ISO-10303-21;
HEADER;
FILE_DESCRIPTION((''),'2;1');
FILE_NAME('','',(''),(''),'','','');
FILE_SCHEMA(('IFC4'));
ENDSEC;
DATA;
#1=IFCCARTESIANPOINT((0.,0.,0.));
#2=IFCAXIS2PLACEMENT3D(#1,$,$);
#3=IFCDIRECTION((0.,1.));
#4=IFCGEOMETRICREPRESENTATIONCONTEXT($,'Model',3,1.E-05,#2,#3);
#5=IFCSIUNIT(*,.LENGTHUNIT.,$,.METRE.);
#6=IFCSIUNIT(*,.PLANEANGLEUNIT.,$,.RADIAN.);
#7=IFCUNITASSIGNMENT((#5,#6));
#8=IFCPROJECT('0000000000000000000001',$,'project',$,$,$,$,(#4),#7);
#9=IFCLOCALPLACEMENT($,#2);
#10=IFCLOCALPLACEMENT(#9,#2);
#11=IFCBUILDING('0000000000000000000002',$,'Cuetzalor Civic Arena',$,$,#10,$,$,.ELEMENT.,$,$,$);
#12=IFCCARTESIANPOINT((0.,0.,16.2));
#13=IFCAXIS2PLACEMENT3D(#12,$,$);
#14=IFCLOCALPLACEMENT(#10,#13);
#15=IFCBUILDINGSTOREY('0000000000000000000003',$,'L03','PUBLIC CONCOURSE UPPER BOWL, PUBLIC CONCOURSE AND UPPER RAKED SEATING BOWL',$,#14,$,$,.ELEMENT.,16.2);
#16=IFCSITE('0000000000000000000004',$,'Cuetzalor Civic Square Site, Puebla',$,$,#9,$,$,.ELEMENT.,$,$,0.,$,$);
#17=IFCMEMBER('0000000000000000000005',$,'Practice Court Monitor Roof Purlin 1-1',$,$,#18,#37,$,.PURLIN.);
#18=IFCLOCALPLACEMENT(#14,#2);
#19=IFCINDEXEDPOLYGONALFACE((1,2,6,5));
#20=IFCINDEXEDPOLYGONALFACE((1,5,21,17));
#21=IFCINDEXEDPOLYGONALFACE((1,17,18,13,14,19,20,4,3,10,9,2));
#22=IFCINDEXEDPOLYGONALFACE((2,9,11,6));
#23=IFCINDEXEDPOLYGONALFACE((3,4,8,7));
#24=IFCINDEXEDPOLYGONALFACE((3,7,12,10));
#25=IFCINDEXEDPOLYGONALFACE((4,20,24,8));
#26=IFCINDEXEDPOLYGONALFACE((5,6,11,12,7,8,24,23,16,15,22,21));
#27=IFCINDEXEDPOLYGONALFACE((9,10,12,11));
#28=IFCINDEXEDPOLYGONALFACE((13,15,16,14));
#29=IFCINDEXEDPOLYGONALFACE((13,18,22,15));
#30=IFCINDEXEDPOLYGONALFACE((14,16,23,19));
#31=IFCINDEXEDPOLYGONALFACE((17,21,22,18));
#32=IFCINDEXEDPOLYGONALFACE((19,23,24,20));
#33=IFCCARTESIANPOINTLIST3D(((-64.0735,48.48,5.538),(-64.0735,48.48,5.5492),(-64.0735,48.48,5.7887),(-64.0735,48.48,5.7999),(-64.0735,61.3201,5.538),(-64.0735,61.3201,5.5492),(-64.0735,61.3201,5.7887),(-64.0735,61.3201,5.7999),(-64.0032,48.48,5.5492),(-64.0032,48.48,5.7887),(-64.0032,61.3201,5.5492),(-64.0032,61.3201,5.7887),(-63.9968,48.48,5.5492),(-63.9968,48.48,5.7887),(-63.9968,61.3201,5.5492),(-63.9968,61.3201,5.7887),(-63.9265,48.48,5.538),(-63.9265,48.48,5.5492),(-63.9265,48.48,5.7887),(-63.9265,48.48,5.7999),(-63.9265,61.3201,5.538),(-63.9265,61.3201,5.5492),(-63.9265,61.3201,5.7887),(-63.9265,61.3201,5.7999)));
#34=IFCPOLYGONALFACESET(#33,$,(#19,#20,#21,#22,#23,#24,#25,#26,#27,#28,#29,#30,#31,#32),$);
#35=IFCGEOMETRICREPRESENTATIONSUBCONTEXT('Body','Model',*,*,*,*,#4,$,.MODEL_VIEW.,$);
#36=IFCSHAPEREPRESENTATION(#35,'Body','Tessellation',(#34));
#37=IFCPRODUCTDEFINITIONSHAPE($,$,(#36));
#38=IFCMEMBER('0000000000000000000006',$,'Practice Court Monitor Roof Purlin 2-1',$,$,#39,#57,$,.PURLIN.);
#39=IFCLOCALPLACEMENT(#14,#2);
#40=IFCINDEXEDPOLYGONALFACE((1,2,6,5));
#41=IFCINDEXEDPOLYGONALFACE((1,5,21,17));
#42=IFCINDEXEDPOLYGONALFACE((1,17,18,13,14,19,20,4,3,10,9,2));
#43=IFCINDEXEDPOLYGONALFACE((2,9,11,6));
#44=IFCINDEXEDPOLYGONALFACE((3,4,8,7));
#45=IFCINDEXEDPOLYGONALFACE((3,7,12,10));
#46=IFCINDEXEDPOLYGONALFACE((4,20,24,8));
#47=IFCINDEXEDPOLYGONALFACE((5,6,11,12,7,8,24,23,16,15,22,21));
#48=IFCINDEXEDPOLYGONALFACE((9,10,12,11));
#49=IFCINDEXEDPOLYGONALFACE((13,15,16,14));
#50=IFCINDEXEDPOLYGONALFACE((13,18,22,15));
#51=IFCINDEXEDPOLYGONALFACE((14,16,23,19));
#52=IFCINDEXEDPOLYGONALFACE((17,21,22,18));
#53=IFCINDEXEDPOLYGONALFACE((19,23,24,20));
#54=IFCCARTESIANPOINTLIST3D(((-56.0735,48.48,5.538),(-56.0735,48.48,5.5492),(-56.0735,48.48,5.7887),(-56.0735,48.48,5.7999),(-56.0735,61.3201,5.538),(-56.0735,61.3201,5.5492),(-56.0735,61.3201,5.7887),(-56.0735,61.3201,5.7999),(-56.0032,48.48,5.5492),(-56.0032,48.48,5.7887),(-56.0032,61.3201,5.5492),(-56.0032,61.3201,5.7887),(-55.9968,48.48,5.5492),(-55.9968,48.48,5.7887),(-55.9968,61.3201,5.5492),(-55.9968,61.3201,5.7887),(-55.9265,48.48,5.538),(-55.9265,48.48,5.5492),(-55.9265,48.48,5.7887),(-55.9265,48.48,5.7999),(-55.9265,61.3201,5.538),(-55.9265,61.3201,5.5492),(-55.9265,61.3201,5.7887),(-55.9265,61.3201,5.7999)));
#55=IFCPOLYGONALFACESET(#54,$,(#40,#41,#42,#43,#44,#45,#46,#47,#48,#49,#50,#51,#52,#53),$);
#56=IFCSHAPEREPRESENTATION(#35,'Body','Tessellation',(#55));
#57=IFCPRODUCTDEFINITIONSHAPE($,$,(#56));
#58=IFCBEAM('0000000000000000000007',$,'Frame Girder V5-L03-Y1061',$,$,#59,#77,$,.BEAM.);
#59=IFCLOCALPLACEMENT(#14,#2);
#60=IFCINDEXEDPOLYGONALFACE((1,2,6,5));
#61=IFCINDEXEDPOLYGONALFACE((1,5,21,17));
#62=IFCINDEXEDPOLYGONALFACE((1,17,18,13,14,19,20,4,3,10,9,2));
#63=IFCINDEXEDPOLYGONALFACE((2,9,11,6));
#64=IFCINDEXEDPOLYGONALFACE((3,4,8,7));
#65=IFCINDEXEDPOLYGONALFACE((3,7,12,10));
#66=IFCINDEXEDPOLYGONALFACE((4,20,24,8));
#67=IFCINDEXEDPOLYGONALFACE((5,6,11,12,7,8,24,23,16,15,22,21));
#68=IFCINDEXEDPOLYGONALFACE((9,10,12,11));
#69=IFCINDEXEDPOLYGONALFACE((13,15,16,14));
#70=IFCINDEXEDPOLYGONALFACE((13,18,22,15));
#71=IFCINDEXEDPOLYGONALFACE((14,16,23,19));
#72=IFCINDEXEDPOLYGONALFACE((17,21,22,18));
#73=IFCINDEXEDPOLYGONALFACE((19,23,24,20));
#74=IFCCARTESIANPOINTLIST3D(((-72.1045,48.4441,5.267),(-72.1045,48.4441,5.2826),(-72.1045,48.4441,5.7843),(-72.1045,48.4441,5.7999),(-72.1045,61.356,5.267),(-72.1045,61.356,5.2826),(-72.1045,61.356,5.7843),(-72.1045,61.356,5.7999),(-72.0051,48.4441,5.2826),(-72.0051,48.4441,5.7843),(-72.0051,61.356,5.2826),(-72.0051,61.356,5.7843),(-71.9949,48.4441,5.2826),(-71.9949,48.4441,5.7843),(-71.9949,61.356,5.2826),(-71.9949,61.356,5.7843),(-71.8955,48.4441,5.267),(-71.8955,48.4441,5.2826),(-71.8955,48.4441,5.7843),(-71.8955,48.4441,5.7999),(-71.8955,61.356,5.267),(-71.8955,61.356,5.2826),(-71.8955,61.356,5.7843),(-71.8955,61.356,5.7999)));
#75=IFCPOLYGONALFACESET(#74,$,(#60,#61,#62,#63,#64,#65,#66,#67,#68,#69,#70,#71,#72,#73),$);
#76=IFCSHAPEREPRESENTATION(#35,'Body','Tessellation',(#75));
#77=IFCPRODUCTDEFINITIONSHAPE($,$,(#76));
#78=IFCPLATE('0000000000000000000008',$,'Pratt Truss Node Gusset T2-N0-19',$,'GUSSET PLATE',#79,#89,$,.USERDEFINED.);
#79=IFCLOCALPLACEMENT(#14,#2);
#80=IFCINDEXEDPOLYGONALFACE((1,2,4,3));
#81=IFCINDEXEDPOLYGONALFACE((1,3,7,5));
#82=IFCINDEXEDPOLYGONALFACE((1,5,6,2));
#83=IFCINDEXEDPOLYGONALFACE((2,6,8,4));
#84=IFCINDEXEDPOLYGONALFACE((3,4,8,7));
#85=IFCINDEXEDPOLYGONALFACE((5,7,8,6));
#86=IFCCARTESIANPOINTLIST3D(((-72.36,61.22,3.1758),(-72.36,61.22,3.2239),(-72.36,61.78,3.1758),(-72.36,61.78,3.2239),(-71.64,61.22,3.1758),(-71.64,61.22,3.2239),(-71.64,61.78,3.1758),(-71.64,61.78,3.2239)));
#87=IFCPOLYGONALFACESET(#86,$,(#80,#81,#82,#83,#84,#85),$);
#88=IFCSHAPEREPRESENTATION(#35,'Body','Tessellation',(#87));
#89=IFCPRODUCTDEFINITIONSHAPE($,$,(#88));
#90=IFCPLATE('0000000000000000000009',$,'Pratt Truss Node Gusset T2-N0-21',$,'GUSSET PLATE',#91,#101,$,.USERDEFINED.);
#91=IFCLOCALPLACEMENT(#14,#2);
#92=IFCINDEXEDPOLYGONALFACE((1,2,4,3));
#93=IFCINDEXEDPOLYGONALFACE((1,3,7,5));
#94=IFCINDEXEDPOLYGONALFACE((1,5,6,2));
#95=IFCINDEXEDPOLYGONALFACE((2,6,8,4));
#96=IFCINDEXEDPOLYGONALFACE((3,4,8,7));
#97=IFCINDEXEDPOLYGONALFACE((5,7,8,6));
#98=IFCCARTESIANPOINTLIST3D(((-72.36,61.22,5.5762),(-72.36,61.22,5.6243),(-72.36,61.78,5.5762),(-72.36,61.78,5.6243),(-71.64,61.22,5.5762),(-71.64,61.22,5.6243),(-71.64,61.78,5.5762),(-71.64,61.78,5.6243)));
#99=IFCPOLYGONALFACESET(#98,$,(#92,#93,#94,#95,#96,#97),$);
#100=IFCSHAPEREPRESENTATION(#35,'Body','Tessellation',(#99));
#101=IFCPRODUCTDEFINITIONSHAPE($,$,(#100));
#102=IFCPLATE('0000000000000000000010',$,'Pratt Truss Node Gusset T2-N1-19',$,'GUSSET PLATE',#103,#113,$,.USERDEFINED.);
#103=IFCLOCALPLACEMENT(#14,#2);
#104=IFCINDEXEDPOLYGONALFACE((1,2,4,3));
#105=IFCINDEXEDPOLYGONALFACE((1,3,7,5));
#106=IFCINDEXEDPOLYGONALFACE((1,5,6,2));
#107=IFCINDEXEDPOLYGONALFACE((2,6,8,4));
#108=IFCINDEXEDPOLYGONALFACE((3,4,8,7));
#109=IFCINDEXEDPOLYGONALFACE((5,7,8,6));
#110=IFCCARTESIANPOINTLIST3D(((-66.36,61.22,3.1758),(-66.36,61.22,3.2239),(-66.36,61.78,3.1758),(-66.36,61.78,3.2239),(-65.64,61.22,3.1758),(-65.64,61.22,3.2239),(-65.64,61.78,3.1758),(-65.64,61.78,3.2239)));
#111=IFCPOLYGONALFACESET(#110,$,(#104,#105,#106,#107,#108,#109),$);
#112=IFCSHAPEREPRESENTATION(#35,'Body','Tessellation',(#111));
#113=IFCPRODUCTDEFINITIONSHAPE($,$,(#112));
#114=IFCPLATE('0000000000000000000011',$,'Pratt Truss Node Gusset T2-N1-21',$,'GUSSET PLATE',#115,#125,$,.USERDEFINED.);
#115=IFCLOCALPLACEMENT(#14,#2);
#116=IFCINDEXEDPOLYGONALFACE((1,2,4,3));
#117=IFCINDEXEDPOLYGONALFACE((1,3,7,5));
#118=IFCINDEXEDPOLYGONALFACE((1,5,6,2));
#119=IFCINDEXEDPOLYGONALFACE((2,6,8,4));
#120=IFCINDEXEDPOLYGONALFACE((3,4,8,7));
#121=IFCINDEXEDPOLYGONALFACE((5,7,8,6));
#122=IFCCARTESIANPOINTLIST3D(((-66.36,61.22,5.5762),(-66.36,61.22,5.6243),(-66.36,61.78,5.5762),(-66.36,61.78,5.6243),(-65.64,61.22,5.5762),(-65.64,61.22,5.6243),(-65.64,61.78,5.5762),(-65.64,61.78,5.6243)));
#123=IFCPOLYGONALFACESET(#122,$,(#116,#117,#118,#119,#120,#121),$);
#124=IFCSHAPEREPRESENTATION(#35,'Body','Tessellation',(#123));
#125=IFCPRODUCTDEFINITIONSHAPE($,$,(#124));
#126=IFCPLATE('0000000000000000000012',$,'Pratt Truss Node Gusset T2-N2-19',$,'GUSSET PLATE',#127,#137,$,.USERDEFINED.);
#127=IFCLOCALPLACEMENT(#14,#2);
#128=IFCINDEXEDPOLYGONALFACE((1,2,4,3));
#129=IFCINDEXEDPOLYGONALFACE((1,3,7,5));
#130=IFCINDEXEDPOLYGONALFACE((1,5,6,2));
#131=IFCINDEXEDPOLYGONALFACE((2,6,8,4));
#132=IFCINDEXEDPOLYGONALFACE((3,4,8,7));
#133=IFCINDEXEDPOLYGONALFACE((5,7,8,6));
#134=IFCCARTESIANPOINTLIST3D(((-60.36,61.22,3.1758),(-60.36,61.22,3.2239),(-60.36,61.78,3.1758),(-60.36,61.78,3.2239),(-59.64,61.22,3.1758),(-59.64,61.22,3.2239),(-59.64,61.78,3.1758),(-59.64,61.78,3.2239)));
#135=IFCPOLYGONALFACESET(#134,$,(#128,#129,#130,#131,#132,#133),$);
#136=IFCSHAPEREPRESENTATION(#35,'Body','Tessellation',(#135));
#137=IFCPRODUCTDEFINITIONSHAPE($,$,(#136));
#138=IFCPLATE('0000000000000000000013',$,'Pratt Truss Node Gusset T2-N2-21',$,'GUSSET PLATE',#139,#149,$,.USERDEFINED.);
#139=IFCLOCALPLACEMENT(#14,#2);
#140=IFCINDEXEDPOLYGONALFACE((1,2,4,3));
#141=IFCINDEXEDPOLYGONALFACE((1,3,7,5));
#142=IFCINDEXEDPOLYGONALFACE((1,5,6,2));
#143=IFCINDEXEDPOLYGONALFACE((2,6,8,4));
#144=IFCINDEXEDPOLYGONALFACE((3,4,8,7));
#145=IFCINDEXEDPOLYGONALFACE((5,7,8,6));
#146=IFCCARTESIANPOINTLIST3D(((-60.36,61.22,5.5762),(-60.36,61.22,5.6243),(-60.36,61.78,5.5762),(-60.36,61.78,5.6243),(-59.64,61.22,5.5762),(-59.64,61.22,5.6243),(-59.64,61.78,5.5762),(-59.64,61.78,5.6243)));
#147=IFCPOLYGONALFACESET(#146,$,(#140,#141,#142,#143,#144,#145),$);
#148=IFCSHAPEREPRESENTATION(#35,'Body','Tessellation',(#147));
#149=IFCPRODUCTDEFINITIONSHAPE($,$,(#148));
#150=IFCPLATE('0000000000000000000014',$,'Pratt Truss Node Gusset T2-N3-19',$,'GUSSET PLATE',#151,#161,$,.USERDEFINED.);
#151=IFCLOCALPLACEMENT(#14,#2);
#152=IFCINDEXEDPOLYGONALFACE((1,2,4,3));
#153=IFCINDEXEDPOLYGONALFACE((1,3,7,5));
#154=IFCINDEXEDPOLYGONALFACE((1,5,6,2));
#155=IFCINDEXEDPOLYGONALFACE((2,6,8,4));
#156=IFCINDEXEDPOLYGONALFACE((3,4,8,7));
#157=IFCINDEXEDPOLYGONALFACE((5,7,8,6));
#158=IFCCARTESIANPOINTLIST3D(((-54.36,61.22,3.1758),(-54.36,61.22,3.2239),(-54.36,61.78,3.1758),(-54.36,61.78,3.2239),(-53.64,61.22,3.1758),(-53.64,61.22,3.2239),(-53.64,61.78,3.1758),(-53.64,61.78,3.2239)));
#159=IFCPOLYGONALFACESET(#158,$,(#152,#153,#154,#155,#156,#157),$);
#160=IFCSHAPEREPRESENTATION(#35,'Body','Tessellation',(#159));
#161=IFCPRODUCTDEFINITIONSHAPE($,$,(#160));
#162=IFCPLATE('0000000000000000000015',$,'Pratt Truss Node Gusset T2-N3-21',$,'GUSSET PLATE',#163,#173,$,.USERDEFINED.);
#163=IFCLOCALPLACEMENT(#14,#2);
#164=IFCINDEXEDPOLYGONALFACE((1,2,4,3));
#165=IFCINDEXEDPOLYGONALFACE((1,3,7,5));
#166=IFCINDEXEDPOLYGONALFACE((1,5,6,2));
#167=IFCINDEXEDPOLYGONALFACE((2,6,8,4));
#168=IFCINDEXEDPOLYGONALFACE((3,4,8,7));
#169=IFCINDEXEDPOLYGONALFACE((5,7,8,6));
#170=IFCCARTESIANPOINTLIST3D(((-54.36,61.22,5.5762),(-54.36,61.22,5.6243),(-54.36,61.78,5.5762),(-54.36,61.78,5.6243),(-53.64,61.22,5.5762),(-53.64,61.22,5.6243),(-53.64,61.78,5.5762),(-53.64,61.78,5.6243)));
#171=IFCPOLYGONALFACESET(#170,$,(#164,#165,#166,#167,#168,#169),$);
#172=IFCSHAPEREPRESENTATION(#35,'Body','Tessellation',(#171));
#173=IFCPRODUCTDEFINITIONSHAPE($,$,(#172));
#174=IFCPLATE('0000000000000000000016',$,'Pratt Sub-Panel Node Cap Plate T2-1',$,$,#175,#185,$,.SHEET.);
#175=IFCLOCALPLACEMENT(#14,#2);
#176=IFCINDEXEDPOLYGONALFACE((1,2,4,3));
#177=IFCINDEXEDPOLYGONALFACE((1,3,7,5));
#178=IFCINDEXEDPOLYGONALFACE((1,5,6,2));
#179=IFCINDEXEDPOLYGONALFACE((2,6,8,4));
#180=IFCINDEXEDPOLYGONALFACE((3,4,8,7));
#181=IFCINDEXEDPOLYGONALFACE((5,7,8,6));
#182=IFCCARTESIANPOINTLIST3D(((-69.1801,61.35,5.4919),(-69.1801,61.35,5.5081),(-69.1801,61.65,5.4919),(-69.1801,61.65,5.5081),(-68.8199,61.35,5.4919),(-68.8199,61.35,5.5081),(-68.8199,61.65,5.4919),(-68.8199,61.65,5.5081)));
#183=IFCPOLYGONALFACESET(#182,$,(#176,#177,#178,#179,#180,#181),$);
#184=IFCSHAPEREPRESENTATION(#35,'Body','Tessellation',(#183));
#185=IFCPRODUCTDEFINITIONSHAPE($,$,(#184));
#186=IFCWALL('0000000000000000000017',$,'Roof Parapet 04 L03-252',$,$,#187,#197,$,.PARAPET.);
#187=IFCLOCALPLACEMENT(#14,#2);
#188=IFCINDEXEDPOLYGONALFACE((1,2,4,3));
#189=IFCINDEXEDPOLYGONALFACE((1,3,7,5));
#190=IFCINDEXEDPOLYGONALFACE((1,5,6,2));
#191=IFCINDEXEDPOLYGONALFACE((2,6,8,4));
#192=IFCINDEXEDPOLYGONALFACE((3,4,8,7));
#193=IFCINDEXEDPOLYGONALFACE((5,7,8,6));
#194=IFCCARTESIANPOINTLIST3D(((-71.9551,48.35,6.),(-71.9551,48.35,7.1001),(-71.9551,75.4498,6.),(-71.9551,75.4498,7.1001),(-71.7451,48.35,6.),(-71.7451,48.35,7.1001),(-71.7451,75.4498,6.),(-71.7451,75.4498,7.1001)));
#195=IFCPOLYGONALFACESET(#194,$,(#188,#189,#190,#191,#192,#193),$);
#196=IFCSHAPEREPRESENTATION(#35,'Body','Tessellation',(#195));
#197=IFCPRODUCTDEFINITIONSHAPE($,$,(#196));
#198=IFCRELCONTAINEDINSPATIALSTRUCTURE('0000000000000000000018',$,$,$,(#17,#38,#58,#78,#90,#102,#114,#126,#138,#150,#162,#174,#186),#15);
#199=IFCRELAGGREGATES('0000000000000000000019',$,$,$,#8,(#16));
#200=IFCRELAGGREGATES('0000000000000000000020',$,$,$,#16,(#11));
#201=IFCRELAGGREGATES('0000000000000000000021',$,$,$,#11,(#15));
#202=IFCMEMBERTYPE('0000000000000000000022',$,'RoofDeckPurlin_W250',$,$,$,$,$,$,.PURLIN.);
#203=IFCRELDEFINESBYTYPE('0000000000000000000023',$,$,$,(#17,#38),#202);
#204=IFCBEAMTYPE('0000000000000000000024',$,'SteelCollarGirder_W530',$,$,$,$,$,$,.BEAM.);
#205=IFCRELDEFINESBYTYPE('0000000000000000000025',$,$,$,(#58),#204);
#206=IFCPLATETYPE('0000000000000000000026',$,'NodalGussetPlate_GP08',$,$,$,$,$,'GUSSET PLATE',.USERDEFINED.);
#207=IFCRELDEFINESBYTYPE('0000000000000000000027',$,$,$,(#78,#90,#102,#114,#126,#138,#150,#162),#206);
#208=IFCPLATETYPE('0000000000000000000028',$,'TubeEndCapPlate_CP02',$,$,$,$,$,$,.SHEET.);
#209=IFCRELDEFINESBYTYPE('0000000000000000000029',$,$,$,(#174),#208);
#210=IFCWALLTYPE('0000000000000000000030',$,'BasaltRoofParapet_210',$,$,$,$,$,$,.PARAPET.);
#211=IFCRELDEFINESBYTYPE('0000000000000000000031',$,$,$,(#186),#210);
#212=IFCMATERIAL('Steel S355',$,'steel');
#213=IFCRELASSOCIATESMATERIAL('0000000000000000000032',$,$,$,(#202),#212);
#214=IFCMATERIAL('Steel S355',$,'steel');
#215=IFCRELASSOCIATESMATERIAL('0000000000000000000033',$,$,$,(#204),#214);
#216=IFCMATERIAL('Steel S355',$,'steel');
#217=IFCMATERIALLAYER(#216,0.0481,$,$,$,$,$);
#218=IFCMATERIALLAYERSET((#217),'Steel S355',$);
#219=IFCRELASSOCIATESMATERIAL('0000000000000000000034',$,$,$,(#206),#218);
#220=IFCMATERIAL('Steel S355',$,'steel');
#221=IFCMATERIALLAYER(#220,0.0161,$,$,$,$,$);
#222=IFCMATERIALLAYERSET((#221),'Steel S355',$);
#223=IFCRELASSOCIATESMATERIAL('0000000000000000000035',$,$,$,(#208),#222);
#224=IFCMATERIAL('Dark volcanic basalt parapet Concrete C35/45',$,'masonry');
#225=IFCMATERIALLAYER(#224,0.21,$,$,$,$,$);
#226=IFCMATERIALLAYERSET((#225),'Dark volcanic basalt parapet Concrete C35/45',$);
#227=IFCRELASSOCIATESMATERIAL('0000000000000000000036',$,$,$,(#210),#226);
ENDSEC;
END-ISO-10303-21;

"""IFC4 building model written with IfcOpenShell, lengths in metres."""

from ifc_helpers import new_model, si_unit, direction, frame, frame_2d, origin, origin_2d, place, context, subcontext, project, spatial, rectangle, i_section, extrude, material, layer, layer_set, material_profile, profile_set, type_object, element, save


model = new_model("IFC4")

# Units and contexts
model_context = context("Model", 3, precision=1e-05, world=origin(), true_north=direction((0.0, 1.0)))
body_context = subcontext(model_context, "Body", "Model", "MODEL_VIEW")
ifc_project = project(units=[si_unit("LENGTHUNIT", "METRE"), si_unit("PLANEANGLEUNIT", "RADIAN")], contexts=[model_context])

# Site, building, storey
site_placement = place(None, origin())
site = spatial("IfcSite", under=ifc_project, at=site_placement, Name="Cuetzalor Civic Square Site, Puebla", CompositionType="ELEMENT", RefElevation=0.0)
building_placement = place(site_placement, origin())
building = spatial("IfcBuilding", under=site, at=building_placement, Name="Cuetzalor Civic Arena", CompositionType="ELEMENT")
storey_placement = place(building_placement, frame((0.0, 0.0, 16.2)))
storey = spatial("IfcBuildingStorey", under=building, at=storey_placement, Name="L03", Description="PUBLIC CONCOURSE UPPER BOWL, PUBLIC CONCOURSE AND UPPER RAKED SEATING BOWL", CompositionType="ELEMENT", Elevation=16.2)

# Members
ifc_material_1 = material(Name="Steel S355", Category="steel")
ifc_material_profile_1 = material_profile(ifc_material_1, i_section(OverallWidth=0.147, OverallDepth=0.262, WebThickness=0.0063, FlangeThickness=0.0112, at=origin_2d()), Name="W250x39")
ifc_profile_set_1 = profile_set([ifc_material_profile_1], Name="Steel S355")
member_type_1 = type_object("IfcMemberType", Name="RoofDeckPurlin_W250", PredefinedType="PURLIN", material=ifc_profile_set_1)
for number, where, z_axis, x_axis, name in (
    (1, (-64.0, 48.48, 5.6689), (0.0, 1.0, 0.0), (-1.0, 0.0, 0.0), "Practice Court Monitor Roof Purlin 1-1"),
    (2, (-56.0, 48.48, 5.6689), (0.0, 1.0, 0.0), (-1.0, 0.0, 0.0), "Practice Court Monitor Roof Purlin 2-1"),
):
    element("IfcMember", number, at=place(storey_placement, frame(where, z_axis=z_axis, x_axis=x_axis)), inside=storey, type_object=member_type_1, Name=name, PredefinedType="PURLIN", context=body_context, shape_type="SweptSolid", body=[
        extrude(i_section(OverallWidth=0.147, OverallDepth=0.262, WebThickness=0.0063, FlangeThickness=0.0112, at=origin_2d()), origin(), (0.0, 0.0, 1.0), 12.8401),
    ])

# Beam
ifc_material_2 = material(Name="Steel S355", Category="steel")
ifc_material_profile_2 = material_profile(ifc_material_2, i_section(OverallWidth=0.209, OverallDepth=0.533, WebThickness=0.0103, FlangeThickness=0.0156, at=origin_2d()), Name="W530x92")
ifc_profile_set_2 = profile_set([ifc_material_profile_2], Name="Steel S355")
beam_type = type_object("IfcBeamType", Name="SteelCollarGirder_W530", PredefinedType="BEAM", material=ifc_profile_set_2)
beam_placement = place(storey_placement, frame((-72.0, 48.4441, 5.5334), z_axis=(0.0, 1.0, 0.0), x_axis=(-1.0, 0.0, 0.0)))
element("IfcBeam", 3, at=beam_placement, inside=storey, type_object=beam_type, Name="Frame Girder V5-L03-Y1061", PredefinedType="BEAM", context=body_context, shape_type="SweptSolid", body=[
    extrude(i_section(OverallWidth=0.209, OverallDepth=0.533, WebThickness=0.0103, FlangeThickness=0.0156, at=origin_2d()), origin(), (0.0, 0.0, 1.0), 12.9119),
])

# Plates
ifc_material_3 = material(Name="Steel S355", Category="steel")
ifc_layer_1 = layer(ifc_material_3, 0.0481)
ifc_layer_set_1 = layer_set([ifc_layer_1], Name="Steel S355")
plate_type_1 = type_object("IfcPlateType", Name="NodalGussetPlate_GP08", ElementType="GUSSET PLATE", PredefinedType="USERDEFINED", material=ifc_layer_set_1)
for number, where, z_axis, x_axis, name in (
    (4, (-72.0, 61.5, 3.1758), (0.0, 0.0, 1.0), (1.0, 0.0, 0.0), "Pratt Truss Node Gusset T2-N0-19"),
    (5, (-72.0, 61.5, 5.5762), (0.0, 0.0, 1.0), (1.0, 0.0, 0.0), "Pratt Truss Node Gusset T2-N0-21"),
    (6, (-66.0, 61.5, 3.1758), (0.0, 0.0, 1.0), (1.0, 0.0, 0.0), "Pratt Truss Node Gusset T2-N1-19"),
    (7, (-66.0, 61.5, 5.5762), (0.0, 0.0, 1.0), (1.0, 0.0, 0.0), "Pratt Truss Node Gusset T2-N1-21"),
    (8, (-60.0, 61.5, 3.1758), (0.0, 0.0, 1.0), (1.0, 0.0, 0.0), "Pratt Truss Node Gusset T2-N2-19"),
    (9, (-60.0, 61.5, 5.5762), (0.0, 0.0, 1.0), (1.0, 0.0, 0.0), "Pratt Truss Node Gusset T2-N2-21"),
    (10, (-54.0, 61.5, 3.1758), (0.0, 0.0, 1.0), (1.0, 0.0, 0.0), "Pratt Truss Node Gusset T2-N3-19"),
    (11, (-54.0, 61.5, 5.5762), (0.0, 0.0, 1.0), (1.0, 0.0, 0.0), "Pratt Truss Node Gusset T2-N3-21"),
):
    element("IfcPlate", number, at=place(storey_placement, frame(where, z_axis=z_axis, x_axis=x_axis)), inside=storey, type_object=plate_type_1, Name=name, ObjectType="GUSSET PLATE", PredefinedType="USERDEFINED", context=body_context, shape_type="SweptSolid", body=[
        extrude(rectangle(XDim=0.72, YDim=0.5601, at=origin_2d()), origin(), (0.0, 0.0, 1.0), 0.0481),
    ])
ifc_material_4 = material(Name="Steel S355", Category="steel")
ifc_layer_2 = layer(ifc_material_4, 0.0161)
ifc_layer_set_2 = layer_set([ifc_layer_2], Name="Steel S355")
plate_type_2 = type_object("IfcPlateType", Name="TubeEndCapPlate_CP02", PredefinedType="SHEET", material=ifc_layer_set_2)
plate_placement = place(storey_placement, frame((-69.0, 61.5, 5.4919), z_axis=(0.0, 0.0, 1.0), x_axis=(1.0, 0.0, 0.0)))
element("IfcPlate", 12, at=plate_placement, inside=storey, type_object=plate_type_2, Name="Pratt Sub-Panel Node Cap Plate T2-1", PredefinedType="SHEET", context=body_context, shape_type="SweptSolid", body=[
    extrude(rectangle(XDim=0.3601, YDim=0.3, at=origin_2d()), origin(), (0.0, 0.0, 1.0), 0.0161),
])

# Wall
ifc_material_5 = material(Name="Dark volcanic basalt parapet Concrete C35/45", Category="masonry")
ifc_layer_3 = layer(ifc_material_5, 0.21)
ifc_layer_set_3 = layer_set([ifc_layer_3], Name="Dark volcanic basalt parapet Concrete C35/45")
wall_type = type_object("IfcWallType", Name="BasaltRoofParapet_210", PredefinedType="PARAPET", material=ifc_layer_set_3)
wall_placement = place(storey_placement, frame((-71.8501, 48.3501, 6.0), z_axis=(0.0, 0.0, 1.0), x_axis=(0.0, 1.0, 0.0)))
element("IfcWall", 13, at=wall_placement, inside=storey, type_object=wall_type, Name="Roof Parapet 04 L03-252", PredefinedType="PARAPET", context=body_context, shape_type="SweptSolid", body=[
    extrude(rectangle(XDim=27.0999, YDim=0.21, at=frame_2d((13.5498, 0.0))), origin(), (0.0, 0.0, 1.0), 1.1001),
])

save(model, "model.ifc")
